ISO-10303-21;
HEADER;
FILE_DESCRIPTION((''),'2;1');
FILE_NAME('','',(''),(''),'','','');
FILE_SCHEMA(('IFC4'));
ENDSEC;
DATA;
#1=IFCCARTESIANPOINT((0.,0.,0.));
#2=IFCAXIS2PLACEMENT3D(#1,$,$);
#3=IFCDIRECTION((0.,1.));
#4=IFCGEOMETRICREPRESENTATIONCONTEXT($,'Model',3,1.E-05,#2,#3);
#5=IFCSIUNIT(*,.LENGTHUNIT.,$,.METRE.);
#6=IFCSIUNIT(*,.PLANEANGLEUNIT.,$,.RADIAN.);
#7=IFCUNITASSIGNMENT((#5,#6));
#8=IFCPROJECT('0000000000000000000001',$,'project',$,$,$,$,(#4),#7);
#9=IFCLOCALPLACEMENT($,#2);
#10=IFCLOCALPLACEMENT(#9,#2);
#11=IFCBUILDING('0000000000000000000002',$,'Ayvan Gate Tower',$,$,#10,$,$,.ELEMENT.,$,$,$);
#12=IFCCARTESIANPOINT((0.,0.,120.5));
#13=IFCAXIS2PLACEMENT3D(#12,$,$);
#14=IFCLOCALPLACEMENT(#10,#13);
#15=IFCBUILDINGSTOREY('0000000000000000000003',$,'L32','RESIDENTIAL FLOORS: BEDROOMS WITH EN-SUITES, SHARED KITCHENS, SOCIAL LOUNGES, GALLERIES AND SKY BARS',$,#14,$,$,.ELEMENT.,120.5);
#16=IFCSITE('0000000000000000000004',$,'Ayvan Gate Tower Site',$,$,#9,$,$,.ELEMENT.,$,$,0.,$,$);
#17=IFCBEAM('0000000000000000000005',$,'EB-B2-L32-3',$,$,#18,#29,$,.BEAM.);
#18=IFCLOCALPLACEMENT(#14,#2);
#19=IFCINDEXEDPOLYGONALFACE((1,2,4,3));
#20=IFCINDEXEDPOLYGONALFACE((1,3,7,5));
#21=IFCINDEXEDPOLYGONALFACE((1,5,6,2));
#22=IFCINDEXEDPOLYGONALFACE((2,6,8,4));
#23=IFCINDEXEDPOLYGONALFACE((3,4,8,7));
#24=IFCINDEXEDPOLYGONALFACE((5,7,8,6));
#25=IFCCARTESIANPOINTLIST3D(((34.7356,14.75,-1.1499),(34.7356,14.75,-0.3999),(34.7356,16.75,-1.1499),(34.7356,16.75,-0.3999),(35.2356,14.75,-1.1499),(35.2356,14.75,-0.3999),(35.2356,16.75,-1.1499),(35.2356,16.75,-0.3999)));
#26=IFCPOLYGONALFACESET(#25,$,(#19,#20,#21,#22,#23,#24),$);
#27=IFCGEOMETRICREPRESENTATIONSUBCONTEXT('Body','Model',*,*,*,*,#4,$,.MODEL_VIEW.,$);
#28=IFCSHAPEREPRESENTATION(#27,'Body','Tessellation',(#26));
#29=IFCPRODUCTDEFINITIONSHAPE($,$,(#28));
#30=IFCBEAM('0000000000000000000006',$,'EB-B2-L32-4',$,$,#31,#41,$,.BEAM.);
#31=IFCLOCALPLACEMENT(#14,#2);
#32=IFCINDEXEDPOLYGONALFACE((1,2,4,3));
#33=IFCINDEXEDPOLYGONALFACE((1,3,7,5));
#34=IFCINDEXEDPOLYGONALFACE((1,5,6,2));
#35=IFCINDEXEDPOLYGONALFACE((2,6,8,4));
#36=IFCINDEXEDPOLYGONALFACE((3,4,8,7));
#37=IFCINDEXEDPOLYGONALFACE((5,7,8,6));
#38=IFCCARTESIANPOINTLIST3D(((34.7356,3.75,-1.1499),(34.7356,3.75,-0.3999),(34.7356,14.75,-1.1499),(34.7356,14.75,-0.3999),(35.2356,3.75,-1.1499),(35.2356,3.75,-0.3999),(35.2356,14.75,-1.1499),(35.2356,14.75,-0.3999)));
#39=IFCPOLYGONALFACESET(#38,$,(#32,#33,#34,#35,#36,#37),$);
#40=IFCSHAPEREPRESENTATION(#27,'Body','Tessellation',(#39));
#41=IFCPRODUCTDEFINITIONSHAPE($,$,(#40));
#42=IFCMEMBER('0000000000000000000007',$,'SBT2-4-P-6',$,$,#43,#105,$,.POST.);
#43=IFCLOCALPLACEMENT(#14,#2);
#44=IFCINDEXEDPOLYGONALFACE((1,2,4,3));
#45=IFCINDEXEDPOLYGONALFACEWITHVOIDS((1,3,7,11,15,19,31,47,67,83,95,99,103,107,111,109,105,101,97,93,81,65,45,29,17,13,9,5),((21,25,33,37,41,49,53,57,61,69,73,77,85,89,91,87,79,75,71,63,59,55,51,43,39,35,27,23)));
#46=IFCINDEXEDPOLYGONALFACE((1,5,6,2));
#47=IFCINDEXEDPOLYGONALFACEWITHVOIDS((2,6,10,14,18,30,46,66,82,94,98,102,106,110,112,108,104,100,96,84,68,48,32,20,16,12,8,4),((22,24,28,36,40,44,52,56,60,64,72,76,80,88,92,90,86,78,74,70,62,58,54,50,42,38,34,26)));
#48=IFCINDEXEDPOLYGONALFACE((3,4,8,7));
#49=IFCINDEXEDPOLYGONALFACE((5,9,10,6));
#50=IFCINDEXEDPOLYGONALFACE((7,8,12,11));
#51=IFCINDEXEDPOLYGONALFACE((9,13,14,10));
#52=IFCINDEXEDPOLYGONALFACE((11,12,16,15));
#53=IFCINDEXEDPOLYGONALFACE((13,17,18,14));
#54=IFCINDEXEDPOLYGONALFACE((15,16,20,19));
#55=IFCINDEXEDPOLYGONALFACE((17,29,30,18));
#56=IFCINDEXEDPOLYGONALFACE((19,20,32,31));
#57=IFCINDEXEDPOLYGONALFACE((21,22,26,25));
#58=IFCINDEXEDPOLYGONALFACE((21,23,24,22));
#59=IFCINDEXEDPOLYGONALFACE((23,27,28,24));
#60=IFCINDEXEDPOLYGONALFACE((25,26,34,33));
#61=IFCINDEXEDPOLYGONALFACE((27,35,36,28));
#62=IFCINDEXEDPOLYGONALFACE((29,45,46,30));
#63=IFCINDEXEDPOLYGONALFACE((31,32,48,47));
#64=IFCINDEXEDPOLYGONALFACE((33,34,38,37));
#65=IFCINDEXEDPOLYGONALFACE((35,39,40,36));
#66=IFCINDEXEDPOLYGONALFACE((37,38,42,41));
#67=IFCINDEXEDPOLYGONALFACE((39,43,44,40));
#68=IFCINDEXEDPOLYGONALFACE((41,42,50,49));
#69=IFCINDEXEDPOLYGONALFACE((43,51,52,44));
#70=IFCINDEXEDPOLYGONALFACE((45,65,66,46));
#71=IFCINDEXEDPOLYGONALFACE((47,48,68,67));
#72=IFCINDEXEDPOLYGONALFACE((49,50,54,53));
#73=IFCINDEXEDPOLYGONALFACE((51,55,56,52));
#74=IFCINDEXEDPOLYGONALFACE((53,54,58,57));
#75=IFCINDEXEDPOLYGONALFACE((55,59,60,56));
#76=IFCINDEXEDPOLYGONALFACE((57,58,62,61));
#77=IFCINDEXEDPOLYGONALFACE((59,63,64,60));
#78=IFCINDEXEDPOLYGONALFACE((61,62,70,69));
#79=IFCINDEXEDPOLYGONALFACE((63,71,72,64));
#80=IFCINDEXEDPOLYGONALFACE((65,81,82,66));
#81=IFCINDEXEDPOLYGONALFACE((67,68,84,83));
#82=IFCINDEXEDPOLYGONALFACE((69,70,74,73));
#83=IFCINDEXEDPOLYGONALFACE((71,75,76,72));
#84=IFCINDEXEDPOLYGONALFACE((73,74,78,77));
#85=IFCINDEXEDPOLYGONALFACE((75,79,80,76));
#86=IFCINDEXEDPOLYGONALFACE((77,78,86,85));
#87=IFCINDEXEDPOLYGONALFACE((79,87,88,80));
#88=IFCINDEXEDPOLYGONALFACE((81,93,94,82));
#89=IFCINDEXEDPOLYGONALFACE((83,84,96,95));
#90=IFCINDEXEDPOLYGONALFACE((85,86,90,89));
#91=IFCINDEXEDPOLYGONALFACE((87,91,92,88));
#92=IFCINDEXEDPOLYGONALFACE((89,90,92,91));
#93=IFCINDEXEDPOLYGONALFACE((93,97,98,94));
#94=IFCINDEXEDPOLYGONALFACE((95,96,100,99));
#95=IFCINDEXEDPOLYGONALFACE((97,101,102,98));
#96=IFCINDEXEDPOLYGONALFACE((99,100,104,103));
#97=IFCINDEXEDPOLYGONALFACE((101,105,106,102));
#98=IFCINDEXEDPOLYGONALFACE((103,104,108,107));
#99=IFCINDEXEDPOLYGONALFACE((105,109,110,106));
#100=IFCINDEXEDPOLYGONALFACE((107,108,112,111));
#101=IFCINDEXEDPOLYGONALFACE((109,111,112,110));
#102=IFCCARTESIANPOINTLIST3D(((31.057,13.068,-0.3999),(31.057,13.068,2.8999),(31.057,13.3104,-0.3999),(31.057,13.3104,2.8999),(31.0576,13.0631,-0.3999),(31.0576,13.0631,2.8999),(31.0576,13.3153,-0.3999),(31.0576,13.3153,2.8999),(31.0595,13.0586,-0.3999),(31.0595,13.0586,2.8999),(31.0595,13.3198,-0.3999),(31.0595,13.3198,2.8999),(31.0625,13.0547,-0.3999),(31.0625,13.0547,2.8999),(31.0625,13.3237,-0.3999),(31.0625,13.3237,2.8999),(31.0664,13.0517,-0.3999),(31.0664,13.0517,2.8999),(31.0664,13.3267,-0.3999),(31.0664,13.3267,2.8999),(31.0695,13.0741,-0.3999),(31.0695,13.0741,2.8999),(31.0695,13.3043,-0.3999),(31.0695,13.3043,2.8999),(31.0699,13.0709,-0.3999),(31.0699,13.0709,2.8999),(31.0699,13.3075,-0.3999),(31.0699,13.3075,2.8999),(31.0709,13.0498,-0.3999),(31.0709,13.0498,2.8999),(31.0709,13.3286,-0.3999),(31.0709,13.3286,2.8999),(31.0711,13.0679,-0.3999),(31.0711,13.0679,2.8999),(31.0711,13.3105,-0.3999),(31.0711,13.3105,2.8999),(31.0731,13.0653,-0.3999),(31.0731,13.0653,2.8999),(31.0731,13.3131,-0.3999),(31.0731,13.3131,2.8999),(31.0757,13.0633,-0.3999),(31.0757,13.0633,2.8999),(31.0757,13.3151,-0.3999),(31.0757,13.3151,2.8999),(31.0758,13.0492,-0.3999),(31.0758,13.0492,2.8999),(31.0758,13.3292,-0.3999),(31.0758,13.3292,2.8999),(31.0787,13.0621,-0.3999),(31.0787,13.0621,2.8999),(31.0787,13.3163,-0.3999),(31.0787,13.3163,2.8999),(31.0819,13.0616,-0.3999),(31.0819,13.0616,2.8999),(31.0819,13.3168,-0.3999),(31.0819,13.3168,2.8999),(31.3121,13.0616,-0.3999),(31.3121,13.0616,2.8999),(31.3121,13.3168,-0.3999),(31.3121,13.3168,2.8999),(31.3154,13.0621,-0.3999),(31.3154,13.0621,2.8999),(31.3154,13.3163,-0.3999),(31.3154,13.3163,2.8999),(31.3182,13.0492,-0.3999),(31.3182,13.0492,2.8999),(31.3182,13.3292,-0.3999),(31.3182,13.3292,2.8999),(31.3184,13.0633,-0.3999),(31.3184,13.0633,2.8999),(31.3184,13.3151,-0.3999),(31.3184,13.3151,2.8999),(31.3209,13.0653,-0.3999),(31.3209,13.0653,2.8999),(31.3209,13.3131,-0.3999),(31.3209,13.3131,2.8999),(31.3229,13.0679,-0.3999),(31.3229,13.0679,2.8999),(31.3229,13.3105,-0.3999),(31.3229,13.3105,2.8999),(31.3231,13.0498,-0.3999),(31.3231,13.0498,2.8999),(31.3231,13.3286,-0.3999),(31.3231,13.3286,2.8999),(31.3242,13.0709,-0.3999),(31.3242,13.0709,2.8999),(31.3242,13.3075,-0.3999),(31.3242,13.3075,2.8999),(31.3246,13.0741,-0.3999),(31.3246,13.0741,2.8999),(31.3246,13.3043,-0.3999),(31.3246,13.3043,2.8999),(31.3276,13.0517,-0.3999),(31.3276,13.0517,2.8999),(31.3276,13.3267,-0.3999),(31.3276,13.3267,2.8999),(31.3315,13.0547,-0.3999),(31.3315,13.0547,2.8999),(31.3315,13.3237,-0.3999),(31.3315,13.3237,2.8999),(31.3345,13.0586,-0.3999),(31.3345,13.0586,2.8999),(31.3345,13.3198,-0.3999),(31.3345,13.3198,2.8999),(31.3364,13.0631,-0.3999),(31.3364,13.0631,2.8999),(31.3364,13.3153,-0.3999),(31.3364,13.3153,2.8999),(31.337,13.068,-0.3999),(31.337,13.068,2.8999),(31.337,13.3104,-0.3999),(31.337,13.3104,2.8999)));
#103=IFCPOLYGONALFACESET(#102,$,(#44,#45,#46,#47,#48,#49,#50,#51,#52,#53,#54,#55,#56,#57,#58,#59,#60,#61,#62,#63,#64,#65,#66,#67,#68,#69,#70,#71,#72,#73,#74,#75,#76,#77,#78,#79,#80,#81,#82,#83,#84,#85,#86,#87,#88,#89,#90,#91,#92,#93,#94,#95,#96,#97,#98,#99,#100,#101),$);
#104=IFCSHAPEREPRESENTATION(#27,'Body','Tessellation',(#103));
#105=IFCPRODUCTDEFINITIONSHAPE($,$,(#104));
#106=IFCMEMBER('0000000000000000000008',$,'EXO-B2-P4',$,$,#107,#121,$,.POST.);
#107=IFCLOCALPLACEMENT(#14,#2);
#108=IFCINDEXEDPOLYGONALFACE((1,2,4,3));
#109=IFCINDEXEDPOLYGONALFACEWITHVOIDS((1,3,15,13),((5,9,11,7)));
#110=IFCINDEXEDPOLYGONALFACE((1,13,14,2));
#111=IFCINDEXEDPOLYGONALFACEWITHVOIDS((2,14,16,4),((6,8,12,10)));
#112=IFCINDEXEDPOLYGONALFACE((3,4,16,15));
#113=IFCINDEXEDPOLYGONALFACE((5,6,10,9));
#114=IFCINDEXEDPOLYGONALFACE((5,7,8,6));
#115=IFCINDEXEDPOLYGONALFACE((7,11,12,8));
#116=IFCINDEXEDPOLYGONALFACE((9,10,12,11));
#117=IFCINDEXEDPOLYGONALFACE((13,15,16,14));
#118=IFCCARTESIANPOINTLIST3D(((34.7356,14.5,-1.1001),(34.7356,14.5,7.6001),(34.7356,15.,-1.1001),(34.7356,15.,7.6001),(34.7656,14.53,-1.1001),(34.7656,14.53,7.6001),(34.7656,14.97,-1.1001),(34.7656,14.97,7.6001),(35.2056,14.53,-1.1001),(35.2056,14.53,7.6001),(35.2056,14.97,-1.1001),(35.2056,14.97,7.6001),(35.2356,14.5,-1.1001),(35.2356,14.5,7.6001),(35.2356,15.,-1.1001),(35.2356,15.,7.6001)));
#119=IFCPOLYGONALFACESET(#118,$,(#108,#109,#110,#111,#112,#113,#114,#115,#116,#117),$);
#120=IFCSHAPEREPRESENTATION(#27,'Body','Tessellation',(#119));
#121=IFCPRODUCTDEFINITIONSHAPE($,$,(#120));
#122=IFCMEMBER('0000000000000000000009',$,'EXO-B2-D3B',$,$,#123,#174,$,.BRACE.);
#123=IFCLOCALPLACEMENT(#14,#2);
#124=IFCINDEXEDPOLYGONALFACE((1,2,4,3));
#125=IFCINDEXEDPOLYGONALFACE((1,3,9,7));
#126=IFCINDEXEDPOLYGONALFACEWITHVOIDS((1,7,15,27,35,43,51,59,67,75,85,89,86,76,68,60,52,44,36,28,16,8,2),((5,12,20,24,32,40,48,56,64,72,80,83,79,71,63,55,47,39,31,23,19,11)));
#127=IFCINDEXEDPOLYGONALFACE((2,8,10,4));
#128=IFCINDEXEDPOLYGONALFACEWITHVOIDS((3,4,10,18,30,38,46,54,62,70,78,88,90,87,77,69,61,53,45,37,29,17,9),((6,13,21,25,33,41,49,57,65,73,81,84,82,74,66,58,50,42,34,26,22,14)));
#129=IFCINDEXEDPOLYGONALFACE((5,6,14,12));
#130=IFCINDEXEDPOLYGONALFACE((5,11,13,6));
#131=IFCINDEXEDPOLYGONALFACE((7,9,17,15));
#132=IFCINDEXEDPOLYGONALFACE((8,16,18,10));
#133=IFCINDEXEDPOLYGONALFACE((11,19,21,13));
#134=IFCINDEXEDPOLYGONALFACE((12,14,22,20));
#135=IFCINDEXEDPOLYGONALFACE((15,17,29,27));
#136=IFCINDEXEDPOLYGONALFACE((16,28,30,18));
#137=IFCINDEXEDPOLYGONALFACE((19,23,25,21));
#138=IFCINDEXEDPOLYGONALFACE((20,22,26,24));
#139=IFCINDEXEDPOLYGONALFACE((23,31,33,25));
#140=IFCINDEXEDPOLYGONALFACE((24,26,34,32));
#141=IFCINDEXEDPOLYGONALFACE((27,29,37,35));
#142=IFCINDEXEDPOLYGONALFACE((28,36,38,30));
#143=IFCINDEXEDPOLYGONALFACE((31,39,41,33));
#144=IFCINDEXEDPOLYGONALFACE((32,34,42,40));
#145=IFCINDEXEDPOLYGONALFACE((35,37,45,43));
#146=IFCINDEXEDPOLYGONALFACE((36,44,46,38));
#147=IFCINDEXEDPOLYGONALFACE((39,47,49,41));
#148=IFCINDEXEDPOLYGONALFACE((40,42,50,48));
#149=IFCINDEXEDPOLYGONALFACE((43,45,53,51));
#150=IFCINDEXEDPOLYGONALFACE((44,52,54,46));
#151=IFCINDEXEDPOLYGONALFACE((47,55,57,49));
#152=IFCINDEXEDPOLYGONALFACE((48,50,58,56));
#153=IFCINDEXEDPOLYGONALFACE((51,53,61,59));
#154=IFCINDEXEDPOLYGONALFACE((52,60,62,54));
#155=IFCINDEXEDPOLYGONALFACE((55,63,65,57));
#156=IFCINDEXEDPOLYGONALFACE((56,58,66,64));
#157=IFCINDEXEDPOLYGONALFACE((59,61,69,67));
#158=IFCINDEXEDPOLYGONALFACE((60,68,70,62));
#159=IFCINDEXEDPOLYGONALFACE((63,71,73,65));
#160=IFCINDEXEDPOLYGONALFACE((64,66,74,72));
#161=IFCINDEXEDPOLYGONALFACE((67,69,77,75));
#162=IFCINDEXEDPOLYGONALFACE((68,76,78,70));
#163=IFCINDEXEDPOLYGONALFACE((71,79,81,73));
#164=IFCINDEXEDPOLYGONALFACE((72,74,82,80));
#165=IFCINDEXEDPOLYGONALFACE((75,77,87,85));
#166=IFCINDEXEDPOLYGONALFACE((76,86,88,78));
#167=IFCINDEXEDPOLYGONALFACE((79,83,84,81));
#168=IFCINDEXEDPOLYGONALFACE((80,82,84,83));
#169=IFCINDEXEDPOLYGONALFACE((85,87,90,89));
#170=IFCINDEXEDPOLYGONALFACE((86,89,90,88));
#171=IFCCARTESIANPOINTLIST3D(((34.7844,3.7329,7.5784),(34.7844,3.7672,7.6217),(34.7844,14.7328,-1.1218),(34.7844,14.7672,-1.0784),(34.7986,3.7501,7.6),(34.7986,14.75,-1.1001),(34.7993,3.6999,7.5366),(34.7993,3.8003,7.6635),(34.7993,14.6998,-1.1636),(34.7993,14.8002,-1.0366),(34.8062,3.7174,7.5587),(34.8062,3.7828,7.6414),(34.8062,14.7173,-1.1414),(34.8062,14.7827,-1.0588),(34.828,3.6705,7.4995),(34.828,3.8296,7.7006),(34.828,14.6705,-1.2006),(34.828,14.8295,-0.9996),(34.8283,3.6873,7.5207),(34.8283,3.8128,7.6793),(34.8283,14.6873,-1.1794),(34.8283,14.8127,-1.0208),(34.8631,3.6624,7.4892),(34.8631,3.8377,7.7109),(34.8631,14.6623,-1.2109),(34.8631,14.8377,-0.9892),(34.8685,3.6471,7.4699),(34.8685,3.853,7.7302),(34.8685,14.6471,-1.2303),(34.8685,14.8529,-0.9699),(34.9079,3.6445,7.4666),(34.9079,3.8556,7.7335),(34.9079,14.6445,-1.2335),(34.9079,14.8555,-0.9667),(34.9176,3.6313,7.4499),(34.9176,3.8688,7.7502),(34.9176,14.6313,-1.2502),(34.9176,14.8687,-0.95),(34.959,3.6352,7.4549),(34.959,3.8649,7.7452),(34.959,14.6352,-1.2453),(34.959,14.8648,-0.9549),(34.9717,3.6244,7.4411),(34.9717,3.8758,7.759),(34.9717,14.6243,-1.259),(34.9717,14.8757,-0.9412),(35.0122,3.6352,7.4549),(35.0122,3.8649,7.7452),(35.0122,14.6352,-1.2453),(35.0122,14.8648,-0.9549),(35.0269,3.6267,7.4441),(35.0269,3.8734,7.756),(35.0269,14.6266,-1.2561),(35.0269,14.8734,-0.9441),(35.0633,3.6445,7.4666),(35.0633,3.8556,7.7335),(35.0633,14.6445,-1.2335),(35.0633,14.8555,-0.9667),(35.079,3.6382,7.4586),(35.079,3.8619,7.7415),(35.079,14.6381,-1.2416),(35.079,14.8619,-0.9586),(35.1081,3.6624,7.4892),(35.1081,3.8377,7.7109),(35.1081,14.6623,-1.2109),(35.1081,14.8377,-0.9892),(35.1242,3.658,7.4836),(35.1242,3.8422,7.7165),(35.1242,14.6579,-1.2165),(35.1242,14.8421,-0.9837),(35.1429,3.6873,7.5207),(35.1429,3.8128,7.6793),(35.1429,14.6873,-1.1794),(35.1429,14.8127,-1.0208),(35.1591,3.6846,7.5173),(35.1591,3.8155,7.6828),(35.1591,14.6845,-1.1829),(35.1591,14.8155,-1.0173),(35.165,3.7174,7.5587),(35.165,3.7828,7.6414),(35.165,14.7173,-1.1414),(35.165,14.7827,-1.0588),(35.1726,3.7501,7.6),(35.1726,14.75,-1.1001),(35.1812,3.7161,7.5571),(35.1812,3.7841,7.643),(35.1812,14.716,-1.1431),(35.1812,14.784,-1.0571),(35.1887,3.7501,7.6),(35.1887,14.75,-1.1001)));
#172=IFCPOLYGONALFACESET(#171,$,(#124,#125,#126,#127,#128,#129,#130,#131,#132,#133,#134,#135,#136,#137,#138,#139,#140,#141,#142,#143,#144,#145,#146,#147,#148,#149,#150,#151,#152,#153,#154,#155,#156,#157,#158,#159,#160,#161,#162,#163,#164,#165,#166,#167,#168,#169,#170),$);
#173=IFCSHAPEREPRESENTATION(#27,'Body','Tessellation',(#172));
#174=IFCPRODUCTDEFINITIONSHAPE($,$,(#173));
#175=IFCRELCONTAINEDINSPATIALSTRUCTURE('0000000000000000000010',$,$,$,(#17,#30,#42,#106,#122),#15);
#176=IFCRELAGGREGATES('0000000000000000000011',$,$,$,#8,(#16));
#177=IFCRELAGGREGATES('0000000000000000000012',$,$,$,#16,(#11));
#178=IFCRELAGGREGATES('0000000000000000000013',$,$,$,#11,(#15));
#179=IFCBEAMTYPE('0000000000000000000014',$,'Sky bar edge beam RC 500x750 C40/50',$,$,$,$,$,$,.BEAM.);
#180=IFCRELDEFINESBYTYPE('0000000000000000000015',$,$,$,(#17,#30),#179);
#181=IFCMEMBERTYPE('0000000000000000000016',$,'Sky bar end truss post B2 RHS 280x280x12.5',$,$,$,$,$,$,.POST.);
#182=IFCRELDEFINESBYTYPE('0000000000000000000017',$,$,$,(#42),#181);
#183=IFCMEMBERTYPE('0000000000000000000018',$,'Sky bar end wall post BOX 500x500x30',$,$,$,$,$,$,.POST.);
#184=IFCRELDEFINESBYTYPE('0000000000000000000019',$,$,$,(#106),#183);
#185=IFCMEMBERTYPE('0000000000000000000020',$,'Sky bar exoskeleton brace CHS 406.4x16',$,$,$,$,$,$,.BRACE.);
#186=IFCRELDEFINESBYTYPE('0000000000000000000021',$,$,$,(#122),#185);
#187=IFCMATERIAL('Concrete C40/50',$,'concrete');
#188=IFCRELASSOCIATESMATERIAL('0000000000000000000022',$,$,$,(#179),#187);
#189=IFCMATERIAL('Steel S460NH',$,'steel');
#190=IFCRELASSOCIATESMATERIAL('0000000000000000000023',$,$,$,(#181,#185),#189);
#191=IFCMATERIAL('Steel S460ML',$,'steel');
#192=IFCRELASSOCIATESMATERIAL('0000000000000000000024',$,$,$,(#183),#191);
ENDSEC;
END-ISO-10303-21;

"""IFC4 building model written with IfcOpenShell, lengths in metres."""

from ifc_helpers import new_model, si_unit, direction, frame, origin, origin_2d, place, context, subcontext, project, spatial, rectangle, hollow_rectangle, hollow_circle, extrude, material, material_profile, profile_set, type_object, element, save


model = new_model("IFC4")

# Units and contexts
model_context = context("Model", 3, precision=1e-05, world=origin(), true_north=direction((0.0, 1.0)))
body_context = subcontext(model_context, "Body", "Model", "MODEL_VIEW")
ifc_project = project(units=[si_unit("LENGTHUNIT", "METRE"), si_unit("PLANEANGLEUNIT", "RADIAN")], contexts=[model_context])

# Site, building, storey
site_placement = place(None, origin())
site = spatial("IfcSite", under=ifc_project, at=site_placement, Name="Ayvan Gate Tower Site", CompositionType="ELEMENT", RefElevation=0.0)
building_placement = place(site_placement, origin())
building = spatial("IfcBuilding", under=site, at=building_placement, Name="Ayvan Gate Tower", CompositionType="ELEMENT")
storey_placement = place(building_placement, frame((0.0, 0.0, 120.5)))
storey = spatial("IfcBuildingStorey", under=building, at=storey_placement, Name="L32", Description="RESIDENTIAL FLOORS: BEDROOMS WITH EN-SUITES, SHARED KITCHENS, SOCIAL LOUNGES, GALLERIES AND SKY BARS", CompositionType="ELEMENT", Elevation=120.5)

# Beams
ifc_material_1 = material(Name="Concrete C40/50", Category="concrete")
ifc_material_profile_1 = material_profile(ifc_material_1, rectangle(XDim=0.5, YDim=0.75, at=origin_2d()), Name="RC 500x750")
ifc_profile_set_1 = profile_set([ifc_material_profile_1], Name="Concrete C40/50")
beam_type = type_object("IfcBeamType", Name="Sky bar edge beam RC 500x750 C40/50", PredefinedType="BEAM", material=ifc_profile_set_1)
beam_1_placement = place(storey_placement, frame((34.9856, 16.75, -0.7749), z_axis=(0.0, -1.0, 0.0), x_axis=(1.0, 0.0, 0.0)))
element("IfcBeam", 1, at=beam_1_placement, inside=storey, type_object=beam_type, Name="EB-B2-L32-3", PredefinedType="BEAM", context=body_context, shape_type="SweptSolid", body=[
    extrude(rectangle(XDim=0.5, YDim=0.75, at=origin_2d()), origin(), (0.0, 0.0, 1.0), 2.0),
])
beam_2_placement = place(storey_placement, frame((34.9856, 14.75, -0.7749), z_axis=(0.0, -1.0, 0.0), x_axis=(1.0, 0.0, 0.0)))
element("IfcBeam", 2, at=beam_2_placement, inside=storey, type_object=beam_type, Name="EB-B2-L32-4", PredefinedType="BEAM", context=body_context, shape_type="SweptSolid", body=[
    extrude(rectangle(XDim=0.5, YDim=0.75, at=origin_2d()), origin(), (0.0, 0.0, 1.0), 11.0),
])

# Members
ifc_material_2 = material(Name="Steel S460NH", Category="steel")
ifc_material_profile_2 = material_profile(ifc_material_2, hollow_rectangle(XDim=0.28, YDim=0.28, WallThickness=0.0125, InnerFilletRadius=0.0125, OuterFilletRadius=0.0188, at=origin_2d()), Name="RHS 280x280x12.5")
ifc_profile_set_2 = profile_set([ifc_material_profile_2], Name="Steel S460NH")
member_type_1 = type_object("IfcMemberType", Name="Sky bar end truss post B2 RHS 280x280x12.5", PredefinedType="POST", material=ifc_profile_set_2)
member_1_placement = place(storey_placement, frame((31.197, 13.1892, -0.3999), z_axis=(0.0, 0.0, 1.0), x_axis=(1.0, 0.0, 0.0)))
element("IfcMember", 3, at=member_1_placement, inside=storey, type_object=member_type_1, Name="SBT2-4-P-6", PredefinedType="POST", context=body_context, shape_type="SweptSolid", body=[
    extrude(hollow_rectangle(XDim=0.28, YDim=0.28, WallThickness=0.0125, InnerFilletRadius=0.0125, OuterFilletRadius=0.0188, at=origin_2d()), origin(), (0.0, 0.0, 1.0), 3.2998),
])
ifc_material_3 = material(Name="Steel S460ML", Category="steel")
ifc_material_profile_3 = material_profile(ifc_material_3, hollow_rectangle(XDim=0.5, YDim=0.5, WallThickness=0.03, at=origin_2d()), Name="BOX 500x500x30")
ifc_profile_set_3 = profile_set([ifc_material_profile_3], Name="Steel S460ML")
member_type_2 = type_object("IfcMemberType", Name="Sky bar end wall post BOX 500x500x30", PredefinedType="POST", material=ifc_profile_set_3)
member_2_placement = place(storey_placement, frame((34.9856, 14.75, -1.1001), z_axis=(0.0, 0.0, 1.0), x_axis=(1.0, 0.0, 0.0)))
element("IfcMember", 4, at=member_2_placement, inside=storey, type_object=member_type_2, Name="EXO-B2-P4", PredefinedType="POST", context=body_context, shape_type="SweptSolid", body=[
    extrude(hollow_rectangle(XDim=0.5, YDim=0.5, WallThickness=0.03, at=origin_2d()), origin(), (0.0, 0.0, 1.0), 8.7002),
])
ifc_material_profile_4 = material_profile(ifc_material_2, hollow_circle(Radius=0.2031, WallThickness=0.0161, at=origin_2d()), Name="CHS 406.4x16")
ifc_profile_set_4 = profile_set([ifc_material_profile_4], Name="Steel S460NH")
member_type_3 = type_object("IfcMemberType", Name="Sky bar exoskeleton brace CHS 406.4x16", PredefinedType="BRACE", material=ifc_profile_set_4)
member_3_placement = place(storey_placement, frame((34.9856, 14.75, -1.1001), z_axis=(0.0, -0.784328, 0.620346), x_axis=(1.0, 0.0, 0.0)))
element("IfcMember", 5, at=member_3_placement, inside=storey, type_object=member_type_3, Name="EXO-B2-D3B", PredefinedType="BRACE", context=body_context, shape_type="SweptSolid", body=[
    extrude(hollow_circle(Radius=0.2031, WallThickness=0.0161, at=origin_2d()), origin(), (0.0, 0.0, 1.0), 14.0247),
])

save(model, "model.ifc")
